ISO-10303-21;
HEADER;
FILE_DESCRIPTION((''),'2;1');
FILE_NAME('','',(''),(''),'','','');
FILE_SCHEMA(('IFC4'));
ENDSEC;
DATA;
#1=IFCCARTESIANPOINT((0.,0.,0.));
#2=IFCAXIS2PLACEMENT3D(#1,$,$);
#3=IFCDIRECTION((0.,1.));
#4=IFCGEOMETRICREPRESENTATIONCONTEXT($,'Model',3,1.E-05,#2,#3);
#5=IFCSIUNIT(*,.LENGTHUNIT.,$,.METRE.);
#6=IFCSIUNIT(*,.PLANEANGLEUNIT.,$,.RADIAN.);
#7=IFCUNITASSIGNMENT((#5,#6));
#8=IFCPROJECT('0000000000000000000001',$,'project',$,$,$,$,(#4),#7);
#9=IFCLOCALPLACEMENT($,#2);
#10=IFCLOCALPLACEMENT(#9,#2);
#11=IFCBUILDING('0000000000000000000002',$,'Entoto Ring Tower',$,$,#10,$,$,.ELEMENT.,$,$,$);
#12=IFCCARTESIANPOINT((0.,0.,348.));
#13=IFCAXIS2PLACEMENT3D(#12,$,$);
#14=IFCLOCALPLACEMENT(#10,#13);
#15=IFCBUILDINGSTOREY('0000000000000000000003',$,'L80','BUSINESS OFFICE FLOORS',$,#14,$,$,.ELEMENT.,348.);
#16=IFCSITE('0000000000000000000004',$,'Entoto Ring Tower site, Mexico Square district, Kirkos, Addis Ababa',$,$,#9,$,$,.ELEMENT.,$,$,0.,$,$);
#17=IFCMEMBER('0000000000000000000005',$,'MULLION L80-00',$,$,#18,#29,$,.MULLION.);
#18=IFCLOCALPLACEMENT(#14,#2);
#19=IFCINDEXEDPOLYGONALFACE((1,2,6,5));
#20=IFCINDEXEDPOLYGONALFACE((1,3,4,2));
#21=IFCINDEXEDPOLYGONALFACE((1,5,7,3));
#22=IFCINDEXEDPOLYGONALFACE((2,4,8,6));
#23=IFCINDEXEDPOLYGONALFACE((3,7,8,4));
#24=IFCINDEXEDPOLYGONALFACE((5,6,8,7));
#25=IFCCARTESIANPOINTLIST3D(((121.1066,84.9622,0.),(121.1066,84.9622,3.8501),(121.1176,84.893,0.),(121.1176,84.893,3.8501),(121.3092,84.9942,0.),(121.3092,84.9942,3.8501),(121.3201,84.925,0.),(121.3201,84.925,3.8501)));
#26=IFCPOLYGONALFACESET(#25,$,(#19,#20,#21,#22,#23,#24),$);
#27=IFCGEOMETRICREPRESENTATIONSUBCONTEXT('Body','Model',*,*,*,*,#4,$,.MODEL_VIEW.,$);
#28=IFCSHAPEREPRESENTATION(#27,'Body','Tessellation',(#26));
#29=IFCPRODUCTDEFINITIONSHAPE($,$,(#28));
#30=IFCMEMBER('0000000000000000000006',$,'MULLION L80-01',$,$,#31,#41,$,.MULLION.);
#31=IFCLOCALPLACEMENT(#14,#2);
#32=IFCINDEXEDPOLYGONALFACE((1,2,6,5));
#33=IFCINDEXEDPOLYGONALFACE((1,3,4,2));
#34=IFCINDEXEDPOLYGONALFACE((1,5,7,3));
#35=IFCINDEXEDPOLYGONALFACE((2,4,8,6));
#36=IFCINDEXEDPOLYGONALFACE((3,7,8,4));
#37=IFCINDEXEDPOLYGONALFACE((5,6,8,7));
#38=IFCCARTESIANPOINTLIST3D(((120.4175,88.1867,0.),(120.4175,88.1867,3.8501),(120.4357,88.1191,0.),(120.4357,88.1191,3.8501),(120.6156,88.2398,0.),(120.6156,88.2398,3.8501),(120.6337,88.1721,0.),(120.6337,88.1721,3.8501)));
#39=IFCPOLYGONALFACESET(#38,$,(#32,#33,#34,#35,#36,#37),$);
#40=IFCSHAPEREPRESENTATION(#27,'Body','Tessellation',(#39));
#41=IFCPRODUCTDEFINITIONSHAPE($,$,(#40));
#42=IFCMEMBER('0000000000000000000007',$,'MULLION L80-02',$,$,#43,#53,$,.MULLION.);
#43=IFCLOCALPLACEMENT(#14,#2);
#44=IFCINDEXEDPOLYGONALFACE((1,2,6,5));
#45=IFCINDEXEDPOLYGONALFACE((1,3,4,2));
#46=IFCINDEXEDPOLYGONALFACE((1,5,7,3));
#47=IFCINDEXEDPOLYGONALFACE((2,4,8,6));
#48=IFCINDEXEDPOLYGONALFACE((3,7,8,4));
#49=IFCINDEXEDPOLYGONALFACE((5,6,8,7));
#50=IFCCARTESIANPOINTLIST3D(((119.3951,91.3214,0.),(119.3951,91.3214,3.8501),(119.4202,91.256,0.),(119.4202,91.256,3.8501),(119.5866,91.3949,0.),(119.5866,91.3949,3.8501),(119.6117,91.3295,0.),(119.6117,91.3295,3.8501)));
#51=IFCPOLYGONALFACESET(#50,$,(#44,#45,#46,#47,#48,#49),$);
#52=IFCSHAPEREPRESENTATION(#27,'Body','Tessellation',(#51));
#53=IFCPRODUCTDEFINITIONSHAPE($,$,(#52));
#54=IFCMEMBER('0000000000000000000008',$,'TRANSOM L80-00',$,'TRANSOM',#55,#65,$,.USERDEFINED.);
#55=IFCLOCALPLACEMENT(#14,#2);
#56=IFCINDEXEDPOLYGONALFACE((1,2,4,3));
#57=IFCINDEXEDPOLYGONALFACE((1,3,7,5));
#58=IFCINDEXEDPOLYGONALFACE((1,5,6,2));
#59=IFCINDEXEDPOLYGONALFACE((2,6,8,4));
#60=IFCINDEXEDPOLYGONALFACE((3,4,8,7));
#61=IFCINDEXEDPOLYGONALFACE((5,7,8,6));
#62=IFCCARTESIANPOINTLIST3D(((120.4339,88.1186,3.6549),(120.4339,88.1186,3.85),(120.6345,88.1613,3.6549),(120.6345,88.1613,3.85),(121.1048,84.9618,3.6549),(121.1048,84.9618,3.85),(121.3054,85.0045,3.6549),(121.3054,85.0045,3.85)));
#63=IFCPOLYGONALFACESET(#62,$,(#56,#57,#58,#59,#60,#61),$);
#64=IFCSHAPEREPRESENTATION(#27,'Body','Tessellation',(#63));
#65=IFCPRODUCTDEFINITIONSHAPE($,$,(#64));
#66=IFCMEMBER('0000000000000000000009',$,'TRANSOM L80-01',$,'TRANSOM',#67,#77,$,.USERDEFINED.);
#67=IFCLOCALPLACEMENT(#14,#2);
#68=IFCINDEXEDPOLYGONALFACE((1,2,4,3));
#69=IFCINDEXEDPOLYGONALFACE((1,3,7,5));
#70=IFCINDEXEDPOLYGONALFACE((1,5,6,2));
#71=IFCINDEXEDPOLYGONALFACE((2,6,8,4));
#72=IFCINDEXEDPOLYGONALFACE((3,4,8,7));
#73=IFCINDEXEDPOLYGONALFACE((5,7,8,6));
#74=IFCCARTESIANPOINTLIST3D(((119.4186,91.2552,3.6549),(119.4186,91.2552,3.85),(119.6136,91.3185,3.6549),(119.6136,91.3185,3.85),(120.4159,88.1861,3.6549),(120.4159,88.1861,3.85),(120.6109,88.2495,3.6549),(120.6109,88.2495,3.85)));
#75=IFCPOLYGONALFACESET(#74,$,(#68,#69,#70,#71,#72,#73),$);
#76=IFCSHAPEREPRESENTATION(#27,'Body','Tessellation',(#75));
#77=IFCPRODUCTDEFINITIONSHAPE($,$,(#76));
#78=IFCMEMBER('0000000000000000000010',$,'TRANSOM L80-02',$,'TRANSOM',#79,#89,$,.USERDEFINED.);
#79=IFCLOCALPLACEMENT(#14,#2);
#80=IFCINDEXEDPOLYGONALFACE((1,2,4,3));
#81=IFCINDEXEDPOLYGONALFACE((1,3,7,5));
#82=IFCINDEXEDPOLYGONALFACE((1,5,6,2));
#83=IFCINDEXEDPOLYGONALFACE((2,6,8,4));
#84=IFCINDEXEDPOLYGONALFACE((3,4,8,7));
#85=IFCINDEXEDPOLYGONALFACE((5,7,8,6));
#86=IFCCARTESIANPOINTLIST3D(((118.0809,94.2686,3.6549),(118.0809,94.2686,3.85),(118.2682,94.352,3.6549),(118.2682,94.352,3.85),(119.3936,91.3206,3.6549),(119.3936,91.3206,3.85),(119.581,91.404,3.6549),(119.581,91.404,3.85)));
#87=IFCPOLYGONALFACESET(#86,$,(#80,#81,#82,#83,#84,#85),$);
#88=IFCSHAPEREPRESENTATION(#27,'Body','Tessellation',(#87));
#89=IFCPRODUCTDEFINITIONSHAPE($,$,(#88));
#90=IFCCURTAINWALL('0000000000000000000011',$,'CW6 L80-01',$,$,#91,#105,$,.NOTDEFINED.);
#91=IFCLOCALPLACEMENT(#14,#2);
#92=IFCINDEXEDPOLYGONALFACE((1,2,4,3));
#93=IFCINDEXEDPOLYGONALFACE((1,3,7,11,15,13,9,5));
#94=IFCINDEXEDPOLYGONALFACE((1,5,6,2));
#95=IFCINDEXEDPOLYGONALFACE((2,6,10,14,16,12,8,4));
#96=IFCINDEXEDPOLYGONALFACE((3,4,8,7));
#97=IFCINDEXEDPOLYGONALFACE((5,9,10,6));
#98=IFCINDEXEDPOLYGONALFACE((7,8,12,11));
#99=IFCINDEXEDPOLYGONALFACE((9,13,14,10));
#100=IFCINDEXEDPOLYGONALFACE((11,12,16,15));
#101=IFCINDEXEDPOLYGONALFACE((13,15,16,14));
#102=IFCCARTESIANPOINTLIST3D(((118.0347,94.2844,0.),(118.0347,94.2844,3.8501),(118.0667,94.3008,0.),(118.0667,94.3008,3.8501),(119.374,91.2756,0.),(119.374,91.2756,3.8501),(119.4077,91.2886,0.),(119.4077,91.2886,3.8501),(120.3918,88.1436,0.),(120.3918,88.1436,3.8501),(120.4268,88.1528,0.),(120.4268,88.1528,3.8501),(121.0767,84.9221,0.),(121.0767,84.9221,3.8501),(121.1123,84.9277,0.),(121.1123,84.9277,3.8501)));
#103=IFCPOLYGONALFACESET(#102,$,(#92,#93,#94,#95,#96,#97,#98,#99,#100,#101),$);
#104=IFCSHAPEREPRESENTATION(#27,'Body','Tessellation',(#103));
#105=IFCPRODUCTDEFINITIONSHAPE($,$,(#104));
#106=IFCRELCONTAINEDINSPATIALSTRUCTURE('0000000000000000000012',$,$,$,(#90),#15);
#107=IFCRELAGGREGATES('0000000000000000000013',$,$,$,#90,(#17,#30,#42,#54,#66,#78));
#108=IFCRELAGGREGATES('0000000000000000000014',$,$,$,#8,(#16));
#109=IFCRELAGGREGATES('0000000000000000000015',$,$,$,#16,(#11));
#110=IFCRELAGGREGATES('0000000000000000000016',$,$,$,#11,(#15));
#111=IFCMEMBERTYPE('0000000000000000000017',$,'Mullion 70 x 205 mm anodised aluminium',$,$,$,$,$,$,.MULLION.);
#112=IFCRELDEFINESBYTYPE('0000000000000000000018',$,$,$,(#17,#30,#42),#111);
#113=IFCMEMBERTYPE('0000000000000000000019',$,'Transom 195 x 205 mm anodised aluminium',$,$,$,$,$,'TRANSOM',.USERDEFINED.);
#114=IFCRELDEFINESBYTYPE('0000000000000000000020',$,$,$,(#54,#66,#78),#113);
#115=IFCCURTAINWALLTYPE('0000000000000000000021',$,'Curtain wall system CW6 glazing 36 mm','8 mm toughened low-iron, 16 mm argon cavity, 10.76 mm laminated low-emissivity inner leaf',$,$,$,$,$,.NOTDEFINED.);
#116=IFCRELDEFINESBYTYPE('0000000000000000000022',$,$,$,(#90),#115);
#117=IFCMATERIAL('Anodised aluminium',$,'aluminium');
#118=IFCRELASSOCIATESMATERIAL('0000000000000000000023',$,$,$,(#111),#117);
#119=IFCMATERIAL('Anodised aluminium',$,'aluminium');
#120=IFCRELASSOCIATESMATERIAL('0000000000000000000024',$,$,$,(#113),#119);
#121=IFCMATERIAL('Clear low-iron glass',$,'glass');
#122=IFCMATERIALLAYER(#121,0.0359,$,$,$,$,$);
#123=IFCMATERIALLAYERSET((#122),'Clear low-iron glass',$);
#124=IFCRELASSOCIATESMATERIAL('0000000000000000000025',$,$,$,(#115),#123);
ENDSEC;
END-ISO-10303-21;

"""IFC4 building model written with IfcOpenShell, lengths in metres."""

from ifc_helpers import new_model, si_unit, direction, frame, origin, origin_2d, place, context, subcontext, project, spatial, polyline, rectangle, outline, extrude, material, layer, layer_set, material_profile, profile_set, type_object, element, aggregate, save


model = new_model("IFC4")

# Units and contexts
model_context = context("Model", 3, precision=1e-05, world=origin(), true_north=direction((0.0, 1.0)))
body_context = subcontext(model_context, "Body", "Model", "MODEL_VIEW")
ifc_project = project(units=[si_unit("LENGTHUNIT", "METRE"), si_unit("PLANEANGLEUNIT", "RADIAN")], contexts=[model_context])

# Members
ifc_material_1 = material(Name="Anodised aluminium", Category="aluminium")
ifc_material_profile_1 = material_profile(ifc_material_1, rectangle(XDim=0.0701, YDim=0.2051, at=origin_2d()), Name="Mullion 70 x 205 mm anodised aluminium")
ifc_profile_set_1 = profile_set([ifc_material_profile_1], Name="Anodised aluminium")
member_type_1 = type_object("IfcMemberType", Name="Mullion 70 x 205 mm anodised aluminium", PredefinedType="MULLION", material=ifc_profile_set_1)
site_placement = place(None, origin())
building_placement = place(site_placement, origin())
storey_placement = place(building_placement, frame((0.0, 0.0, 348.0)))
member_1_placement = place(storey_placement, frame((121.2134, 84.9436, 0.0), z_axis=(0.0, 0.0, 1.0), x_axis=(-0.156434, 0.987688, 0.0)))
member_1 = element("IfcMember", 1, at=member_1_placement, type_object=member_type_1, Name="MULLION L80-00", PredefinedType="MULLION", context=body_context, shape_type="SweptSolid", body=[
    extrude(rectangle(XDim=0.0701, YDim=0.2051, at=origin_2d()), origin(), (0.0, 0.0, 1.0), 3.8501),
])
member_2_placement = place(storey_placement, frame((120.5256, 88.1794, 0.0), z_axis=(0.0, 0.0, 1.0), x_axis=(-0.258819, 0.965926, 0.0)))
member_2 = element("IfcMember", 2, at=member_2_placement, type_object=member_type_1, Name="MULLION L80-01", PredefinedType="MULLION", context=body_context, shape_type="SweptSolid", body=[
    extrude(rectangle(XDim=0.0701, YDim=0.2051, at=origin_2d()), origin(), (0.0, 0.0, 1.0), 3.8501),
])
member_3_placement = place(storey_placement, frame((119.5034, 91.3254, 0.0), z_axis=(0.0, 0.0, 1.0), x_axis=(-0.358368, 0.93358, 0.0)))
member_3 = element("IfcMember", 3, at=member_3_placement, type_object=member_type_1, Name="MULLION L80-02", PredefinedType="MULLION", context=body_context, shape_type="SweptSolid", body=[
    extrude(rectangle(XDim=0.0701, YDim=0.2051, at=origin_2d()), origin(), (0.0, 0.0, 1.0), 3.8501),
])
ifc_material_2 = material(Name="Anodised aluminium", Category="aluminium")
ifc_material_profile_2 = material_profile(ifc_material_2, rectangle(XDim=0.2051, YDim=0.1951, at=origin_2d()), Name="Transom 195 x 205 mm anodised aluminium")
ifc_profile_set_2 = profile_set([ifc_material_profile_2], Name="Anodised aluminium")
member_type_2 = type_object("IfcMemberType", Name="Transom 195 x 205 mm anodised aluminium", ElementType="TRANSOM", PredefinedType="USERDEFINED", material=ifc_profile_set_2)
member_4_placement = place(storey_placement, frame((121.2051, 84.9832, 3.7524), z_axis=(-0.207886, 0.978153, 0.0), x_axis=(-0.978153, -0.207886, 0.0)))
member_4 = element("IfcMember", 4, at=member_4_placement, type_object=member_type_2, Name="TRANSOM L80-00", ObjectType="TRANSOM", PredefinedType="USERDEFINED", context=body_context, shape_type="SweptSolid", body=[
    extrude(rectangle(XDim=0.2051, YDim=0.1951, at=origin_2d()), origin(), (0.0, 0.0, 1.0), 3.2273),
])
member_5_placement = place(storey_placement, frame((120.5134, 88.2178, 3.7524), z_axis=(-0.309047, 0.951047, 0.0), x_axis=(-0.951047, -0.309047, 0.0)))
member_5 = element("IfcMember", 5, at=member_5_placement, type_object=member_type_2, Name="TRANSOM L80-01", ObjectType="TRANSOM", PredefinedType="USERDEFINED", context=body_context, shape_type="SweptSolid", body=[
    extrude(rectangle(XDim=0.2051, YDim=0.1951, at=origin_2d()), origin(), (0.0, 0.0, 1.0), 3.2271),
])
member_6_placement = place(storey_placement, frame((119.4873, 91.3623, 3.7524), z_axis=(-0.406791, 0.913521, 0.0), x_axis=(-0.913521, -0.406791, 0.0)))
member_6 = element("IfcMember", 6, at=member_6_placement, type_object=member_type_2, Name="TRANSOM L80-02", ObjectType="TRANSOM", PredefinedType="USERDEFINED", context=body_context, shape_type="SweptSolid", body=[
    extrude(rectangle(XDim=0.2051, YDim=0.1951, at=origin_2d()), origin(), (0.0, 0.0, 1.0), 3.2271),
])

# Site, building, storey
site = spatial("IfcSite", under=ifc_project, at=site_placement, Name="Entoto Ring Tower site, Mexico Square district, Kirkos, Addis Ababa", CompositionType="ELEMENT", RefElevation=0.0)
building = spatial("IfcBuilding", under=site, at=building_placement, Name="Entoto Ring Tower", CompositionType="ELEMENT")
storey = spatial("IfcBuildingStorey", under=building, at=storey_placement, Name="L80", Description="BUSINESS OFFICE FLOORS", CompositionType="ELEMENT", Elevation=348.0)

# Curtain wall
ifc_material_3 = material(Name="Clear low-iron glass", Category="glass")
ifc_layer_1 = layer(ifc_material_3, 0.0359)
ifc_layer_set_1 = layer_set([ifc_layer_1], Name="Clear low-iron glass")
curtain_wall_type = type_object("IfcCurtainWallType", Name="Curtain wall system CW6 glazing 36 mm", Description="8 mm toughened low-iron, 16 mm argon cavity, 10.76 mm laminated low-emissivity inner leaf", PredefinedType="NOTDEFINED", material=ifc_layer_set_1)
curtain_wall_1_placement = place(storey_placement, origin())
curtain_wall_1 = element("IfcCurtainWall", 7, at=curtain_wall_1_placement, inside=storey, type_object=curtain_wall_type, Name="CW6 L80-01", PredefinedType="NOTDEFINED", context=body_context, shape_type="SweptSolid", body=[
    extrude(outline(polyline([(121.1123, 84.9277), (120.4268, 88.1528), (119.4077, 91.2886), (118.0667, 94.3008), (118.0347, 94.2844), (119.374, 91.2756), (120.3918, 88.1436), (121.0767, 84.9221), (121.1123, 84.9277)])), origin(), (0.0, 0.0, 1.0), 3.8501),
])
aggregate(curtain_wall_1, [member_1, member_2, member_3, member_4, member_5, member_6])

save(model, "model.ifc")
